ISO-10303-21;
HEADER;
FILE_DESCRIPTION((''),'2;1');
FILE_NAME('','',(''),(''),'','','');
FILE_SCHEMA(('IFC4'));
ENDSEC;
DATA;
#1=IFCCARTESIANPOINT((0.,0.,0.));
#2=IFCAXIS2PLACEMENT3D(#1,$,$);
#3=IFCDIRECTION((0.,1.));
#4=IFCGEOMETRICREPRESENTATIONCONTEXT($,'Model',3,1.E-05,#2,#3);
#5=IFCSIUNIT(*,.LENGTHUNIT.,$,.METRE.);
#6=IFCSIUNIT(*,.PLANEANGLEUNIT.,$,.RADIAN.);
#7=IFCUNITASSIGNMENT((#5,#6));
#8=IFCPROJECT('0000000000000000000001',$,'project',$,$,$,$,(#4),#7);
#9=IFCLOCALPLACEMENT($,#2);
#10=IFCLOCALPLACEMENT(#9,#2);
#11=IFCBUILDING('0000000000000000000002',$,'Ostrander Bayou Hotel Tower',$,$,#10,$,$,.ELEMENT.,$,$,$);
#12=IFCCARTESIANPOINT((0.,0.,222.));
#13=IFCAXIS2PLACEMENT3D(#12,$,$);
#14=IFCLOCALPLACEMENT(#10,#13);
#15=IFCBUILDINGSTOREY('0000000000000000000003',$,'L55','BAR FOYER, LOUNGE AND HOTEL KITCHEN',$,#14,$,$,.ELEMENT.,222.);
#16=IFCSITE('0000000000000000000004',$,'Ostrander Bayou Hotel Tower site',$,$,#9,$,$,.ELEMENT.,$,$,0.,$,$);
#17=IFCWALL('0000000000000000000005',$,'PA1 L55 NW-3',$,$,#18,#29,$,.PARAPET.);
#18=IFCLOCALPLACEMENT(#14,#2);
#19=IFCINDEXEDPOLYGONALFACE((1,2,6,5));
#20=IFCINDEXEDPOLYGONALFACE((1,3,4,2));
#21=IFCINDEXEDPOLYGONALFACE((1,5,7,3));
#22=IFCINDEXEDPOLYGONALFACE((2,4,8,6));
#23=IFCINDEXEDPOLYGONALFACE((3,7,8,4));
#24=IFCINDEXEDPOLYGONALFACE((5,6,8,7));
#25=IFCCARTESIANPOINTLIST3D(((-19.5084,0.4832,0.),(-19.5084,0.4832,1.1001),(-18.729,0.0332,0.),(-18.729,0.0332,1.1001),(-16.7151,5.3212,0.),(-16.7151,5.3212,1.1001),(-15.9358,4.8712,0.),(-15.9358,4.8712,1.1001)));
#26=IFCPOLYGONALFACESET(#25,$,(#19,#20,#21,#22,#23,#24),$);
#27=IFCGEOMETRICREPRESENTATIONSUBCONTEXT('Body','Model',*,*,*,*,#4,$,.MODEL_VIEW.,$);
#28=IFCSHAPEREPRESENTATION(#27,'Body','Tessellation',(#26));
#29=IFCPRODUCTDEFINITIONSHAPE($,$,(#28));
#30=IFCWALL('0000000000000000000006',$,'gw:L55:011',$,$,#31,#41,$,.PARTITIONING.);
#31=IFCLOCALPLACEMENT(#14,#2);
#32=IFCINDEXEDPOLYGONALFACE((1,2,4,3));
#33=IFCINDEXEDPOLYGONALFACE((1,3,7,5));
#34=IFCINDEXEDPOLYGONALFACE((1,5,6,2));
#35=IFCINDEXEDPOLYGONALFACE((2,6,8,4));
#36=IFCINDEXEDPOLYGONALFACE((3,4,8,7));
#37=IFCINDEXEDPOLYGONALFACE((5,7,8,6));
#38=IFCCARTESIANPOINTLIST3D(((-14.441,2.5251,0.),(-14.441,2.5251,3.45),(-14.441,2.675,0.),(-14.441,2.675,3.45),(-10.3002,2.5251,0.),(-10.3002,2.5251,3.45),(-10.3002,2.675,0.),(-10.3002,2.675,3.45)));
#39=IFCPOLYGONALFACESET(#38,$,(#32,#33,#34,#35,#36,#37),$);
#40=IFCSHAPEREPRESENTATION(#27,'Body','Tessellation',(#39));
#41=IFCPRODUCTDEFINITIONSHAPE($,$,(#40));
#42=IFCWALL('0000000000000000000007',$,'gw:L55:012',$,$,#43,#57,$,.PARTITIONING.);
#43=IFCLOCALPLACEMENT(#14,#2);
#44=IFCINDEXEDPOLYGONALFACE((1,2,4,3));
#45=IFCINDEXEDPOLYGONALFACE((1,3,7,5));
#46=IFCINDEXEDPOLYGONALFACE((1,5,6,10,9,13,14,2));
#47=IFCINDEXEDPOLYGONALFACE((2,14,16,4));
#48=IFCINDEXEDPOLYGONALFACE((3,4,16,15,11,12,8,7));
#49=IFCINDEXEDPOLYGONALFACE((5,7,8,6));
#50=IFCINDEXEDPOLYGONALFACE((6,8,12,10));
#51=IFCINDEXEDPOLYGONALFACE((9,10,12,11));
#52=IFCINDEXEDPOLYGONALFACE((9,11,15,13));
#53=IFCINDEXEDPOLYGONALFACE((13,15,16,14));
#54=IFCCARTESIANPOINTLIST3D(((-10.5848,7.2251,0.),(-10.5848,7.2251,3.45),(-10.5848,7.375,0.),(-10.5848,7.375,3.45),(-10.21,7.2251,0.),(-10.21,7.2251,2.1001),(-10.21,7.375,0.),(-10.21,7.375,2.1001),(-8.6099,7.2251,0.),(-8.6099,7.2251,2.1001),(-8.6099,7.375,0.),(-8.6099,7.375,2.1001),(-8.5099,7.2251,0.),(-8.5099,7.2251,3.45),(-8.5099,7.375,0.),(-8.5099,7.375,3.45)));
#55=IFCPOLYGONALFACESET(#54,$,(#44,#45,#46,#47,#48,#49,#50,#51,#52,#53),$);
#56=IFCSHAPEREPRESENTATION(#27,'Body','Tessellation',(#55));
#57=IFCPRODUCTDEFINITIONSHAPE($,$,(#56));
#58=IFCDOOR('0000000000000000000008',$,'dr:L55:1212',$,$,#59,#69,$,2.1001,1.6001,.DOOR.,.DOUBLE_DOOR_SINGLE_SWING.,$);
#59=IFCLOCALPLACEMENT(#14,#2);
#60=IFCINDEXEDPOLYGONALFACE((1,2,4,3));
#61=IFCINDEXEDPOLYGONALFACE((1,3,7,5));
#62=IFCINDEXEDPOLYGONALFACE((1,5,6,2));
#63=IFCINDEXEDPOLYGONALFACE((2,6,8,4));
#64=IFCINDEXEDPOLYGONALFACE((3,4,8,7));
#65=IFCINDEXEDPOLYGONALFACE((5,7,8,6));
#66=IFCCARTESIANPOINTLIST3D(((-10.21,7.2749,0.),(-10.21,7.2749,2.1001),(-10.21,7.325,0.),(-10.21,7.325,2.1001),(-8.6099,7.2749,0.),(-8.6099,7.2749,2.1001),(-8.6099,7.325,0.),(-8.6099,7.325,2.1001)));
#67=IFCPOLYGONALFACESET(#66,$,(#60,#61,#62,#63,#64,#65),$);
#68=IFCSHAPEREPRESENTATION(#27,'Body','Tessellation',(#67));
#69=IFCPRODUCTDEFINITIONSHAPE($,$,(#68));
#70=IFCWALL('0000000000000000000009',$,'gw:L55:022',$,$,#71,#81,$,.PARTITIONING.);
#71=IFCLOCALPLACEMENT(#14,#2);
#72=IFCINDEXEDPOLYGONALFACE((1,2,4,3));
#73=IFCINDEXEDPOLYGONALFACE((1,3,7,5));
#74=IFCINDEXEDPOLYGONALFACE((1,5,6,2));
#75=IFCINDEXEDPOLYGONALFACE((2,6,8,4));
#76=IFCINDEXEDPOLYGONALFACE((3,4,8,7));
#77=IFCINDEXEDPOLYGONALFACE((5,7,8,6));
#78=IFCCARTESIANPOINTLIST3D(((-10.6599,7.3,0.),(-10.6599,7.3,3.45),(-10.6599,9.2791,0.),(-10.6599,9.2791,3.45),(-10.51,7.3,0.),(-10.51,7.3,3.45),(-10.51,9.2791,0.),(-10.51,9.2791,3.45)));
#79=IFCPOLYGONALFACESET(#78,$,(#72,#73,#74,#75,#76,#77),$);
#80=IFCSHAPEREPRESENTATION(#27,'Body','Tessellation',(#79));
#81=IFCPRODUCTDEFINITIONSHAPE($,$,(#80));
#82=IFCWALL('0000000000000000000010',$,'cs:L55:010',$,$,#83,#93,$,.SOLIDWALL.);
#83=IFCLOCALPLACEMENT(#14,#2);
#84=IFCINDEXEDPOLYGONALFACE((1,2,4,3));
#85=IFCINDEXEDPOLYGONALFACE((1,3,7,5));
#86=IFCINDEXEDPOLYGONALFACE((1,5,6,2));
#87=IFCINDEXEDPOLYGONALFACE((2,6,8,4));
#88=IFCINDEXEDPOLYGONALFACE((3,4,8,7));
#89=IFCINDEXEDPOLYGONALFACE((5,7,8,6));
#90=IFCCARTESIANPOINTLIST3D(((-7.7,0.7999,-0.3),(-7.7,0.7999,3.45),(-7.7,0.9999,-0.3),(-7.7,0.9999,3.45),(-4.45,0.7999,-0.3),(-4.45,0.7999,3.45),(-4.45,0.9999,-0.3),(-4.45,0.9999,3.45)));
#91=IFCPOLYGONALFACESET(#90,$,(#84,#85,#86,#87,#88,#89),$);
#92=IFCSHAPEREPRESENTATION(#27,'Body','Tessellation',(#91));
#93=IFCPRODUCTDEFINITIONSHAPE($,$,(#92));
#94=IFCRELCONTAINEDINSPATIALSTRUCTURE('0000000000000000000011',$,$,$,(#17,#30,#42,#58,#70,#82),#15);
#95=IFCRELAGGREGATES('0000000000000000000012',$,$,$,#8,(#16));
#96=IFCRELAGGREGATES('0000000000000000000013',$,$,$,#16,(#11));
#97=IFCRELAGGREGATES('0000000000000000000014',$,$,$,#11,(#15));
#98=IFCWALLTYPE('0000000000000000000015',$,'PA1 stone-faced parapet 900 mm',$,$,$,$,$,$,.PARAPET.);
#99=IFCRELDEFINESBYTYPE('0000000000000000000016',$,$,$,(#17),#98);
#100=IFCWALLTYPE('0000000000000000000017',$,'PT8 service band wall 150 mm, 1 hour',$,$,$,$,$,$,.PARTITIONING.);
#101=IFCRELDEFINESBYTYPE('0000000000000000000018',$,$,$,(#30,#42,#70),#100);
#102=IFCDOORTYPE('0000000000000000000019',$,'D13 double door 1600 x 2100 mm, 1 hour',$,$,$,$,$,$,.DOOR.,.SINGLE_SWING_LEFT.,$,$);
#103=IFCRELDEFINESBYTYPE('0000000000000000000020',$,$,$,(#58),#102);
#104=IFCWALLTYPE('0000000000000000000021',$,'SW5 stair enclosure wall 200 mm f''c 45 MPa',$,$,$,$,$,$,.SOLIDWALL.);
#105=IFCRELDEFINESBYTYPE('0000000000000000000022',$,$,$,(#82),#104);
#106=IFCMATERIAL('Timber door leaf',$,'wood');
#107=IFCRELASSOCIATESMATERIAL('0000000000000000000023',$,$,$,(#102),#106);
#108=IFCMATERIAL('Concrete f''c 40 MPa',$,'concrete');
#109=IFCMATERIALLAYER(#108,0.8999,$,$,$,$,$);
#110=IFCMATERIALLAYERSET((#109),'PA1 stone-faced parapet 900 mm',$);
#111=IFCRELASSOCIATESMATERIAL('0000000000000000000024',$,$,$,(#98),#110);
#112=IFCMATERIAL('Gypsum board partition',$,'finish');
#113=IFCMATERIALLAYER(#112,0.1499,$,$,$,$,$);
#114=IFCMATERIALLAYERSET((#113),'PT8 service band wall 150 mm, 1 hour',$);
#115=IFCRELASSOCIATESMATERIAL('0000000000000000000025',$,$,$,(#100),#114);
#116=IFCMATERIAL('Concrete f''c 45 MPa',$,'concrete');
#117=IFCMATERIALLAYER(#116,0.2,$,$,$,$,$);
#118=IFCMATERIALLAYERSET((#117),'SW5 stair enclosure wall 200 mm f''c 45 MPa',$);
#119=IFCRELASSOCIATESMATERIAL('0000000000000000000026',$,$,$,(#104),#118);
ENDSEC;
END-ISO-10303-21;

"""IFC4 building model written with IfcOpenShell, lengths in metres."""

from ifc_helpers import new_model, si_unit, direction, frame, frame_2d, origin, place, context, subcontext, project, spatial, rectangle, extrude, material, layer, layer_set, type_object, element, fill, save


model = new_model("IFC4")

# Units and contexts
model_context = context("Model", 3, precision=1e-05, world=origin(), true_north=direction((0.0, 1.0)))
body_context = subcontext(model_context, "Body", "Model", "MODEL_VIEW")
ifc_project = project(units=[si_unit("LENGTHUNIT", "METRE"), si_unit("PLANEANGLEUNIT", "RADIAN")], contexts=[model_context])

# Site, building, storey
site_placement = place(None, origin())
site = spatial("IfcSite", under=ifc_project, at=site_placement, Name="Ostrander Bayou Hotel Tower site", CompositionType="ELEMENT", RefElevation=0.0)
building_placement = place(site_placement, origin())
building = spatial("IfcBuilding", under=site, at=building_placement, Name="Ostrander Bayou Hotel Tower", CompositionType="ELEMENT")
storey_placement = place(building_placement, frame((0.0, 0.0, 222.0)))
storey = spatial("IfcBuildingStorey", under=building, at=storey_placement, Name="L55", Description="BAR FOYER, LOUNGE AND HOTEL KITCHEN", CompositionType="ELEMENT", Elevation=222.0)

# Shared definitions
ifc_material_1 = material(Name="Timber door leaf", Category="wood")
door_type_1 = type_object("IfcDoorType", Name="D13 double door 1600 x 2100 mm, 1 hour", OperationType="SINGLE_SWING_LEFT", PredefinedType="DOOR", material=ifc_material_1)

# Wall
ifc_material_2 = material(Name="Concrete f'c 40 MPa", Category="concrete")
ifc_layer_1 = layer(ifc_material_2, 0.8999)
ifc_layer_set_1 = layer_set([ifc_layer_1], Name="PA1 stone-faced parapet 900 mm")
wall_type_1 = type_object("IfcWallType", Name="PA1 stone-faced parapet 900 mm", PredefinedType="PARAPET", material=ifc_layer_set_1)
wall_1_placement = place(storey_placement, frame((-16.3254, 5.0962, 0.0), z_axis=(0.0, 0.0, 1.0), x_axis=(-0.500007, -0.866021, 0.0)))
element("IfcWall", 1, at=wall_1_placement, inside=storey, type_object=wall_type_1, Name="PA1 L55 NW-3", PredefinedType="PARAPET", context=body_context, shape_type="SweptSolid", body=[
    extrude(rectangle(XDim=5.5864, YDim=0.8999, at=frame_2d((2.7932, 0.0))), origin(), (0.0, 0.0, 1.0), 1.1001),
])

# Wall
ifc_material_3 = material(Name="Gypsum board partition", Category="finish")
ifc_layer_2 = layer(ifc_material_3, 0.1499)
ifc_layer_set_2 = layer_set([ifc_layer_2], Name="PT8 service band wall 150 mm, 1 hour")
wall_type_2 = type_object("IfcWallType", Name="PT8 service band wall 150 mm, 1 hour", PredefinedType="PARTITIONING", material=ifc_layer_set_2)
wall_2_placement = place(storey_placement, frame((-14.4409, 2.6001, 0.0), z_axis=(0.0, 0.0, 1.0), x_axis=(1.0, 0.0, 0.0)))
element("IfcWall", 2, at=wall_2_placement, inside=storey, type_object=wall_type_2, Name="gw:L55:011", PredefinedType="PARTITIONING", context=body_context, shape_type="SweptSolid", body=[
    extrude(rectangle(XDim=4.1409, YDim=0.1499, at=frame_2d((2.0703, 0.0))), origin(), (0.0, 0.0, 1.0), 3.45),
])

# Wall, opening, door
wall_3_placement = place(storey_placement, frame((-10.585, 7.3, 0.0), z_axis=(0.0, 0.0, 1.0), x_axis=(1.0, 0.0, 0.0)))
wall_3 = element("IfcWall", 3, at=wall_3_placement, inside=storey, type_object=wall_type_2, Name="gw:L55:012", PredefinedType="PARTITIONING", context=body_context, shape_type="SweptSolid", body=[
    extrude(rectangle(XDim=2.075, YDim=0.1499, at=frame_2d((1.0376, 0.0))), origin(), (0.0, 0.0, 1.0), 3.45),
])
opening_1_placement = place(wall_3_placement, frame((0.375, 0.0, 0.0)))
opening_1 = element("IfcOpeningElement", 4, at=opening_1_placement, cuts=wall_3, PredefinedType="OPENING", context=body_context, shape_type="SweptSolid", body=[
    extrude(rectangle(XDim=1.6001, YDim=2.1001, at=frame_2d((0.8, 1.05))), frame((0.0, 0.075, 0.0), z_axis=(0.0, -1.0, 0.0), x_axis=(1.0, 0.0, 0.0)), (0.0, 0.0, 1.0), 0.1499),
])
door_1_placement = place(opening_1_placement, origin())
door_1 = element("IfcDoor", 5, at=door_1_placement, inside=storey, type_object=door_type_1, Name="dr:L55:1212", OperationType="DOUBLE_DOOR_SINGLE_SWING", OverallHeight=2.1001, OverallWidth=1.6001, PredefinedType="DOOR", context=body_context, shape_type="SweptSolid", body=[
    extrude(rectangle(XDim=1.6001, YDim=2.1001, at=frame_2d((0.8, 1.05))), frame((0.0, 0.0249, 0.0), z_axis=(0.0, -1.0, 0.0), x_axis=(1.0, 0.0, 0.0)), (0.0, 0.0, 1.0), 0.05),
])
fill(opening_1, door_1)

# Walls
wall_4_placement = place(storey_placement, frame((-10.585, 7.3, 0.0), z_axis=(0.0, 0.0, 1.0), x_axis=(0.0, 1.0, 0.0)))
element("IfcWall", 6, at=wall_4_placement, inside=storey, type_object=wall_type_2, Name="gw:L55:022", PredefinedType="PARTITIONING", context=body_context, shape_type="SweptSolid", body=[
    extrude(rectangle(XDim=1.979, YDim=0.1499, at=frame_2d((0.9895, 0.0))), origin(), (0.0, 0.0, 1.0), 3.45),
])
ifc_material_4 = material(Name="Concrete f'c 45 MPa", Category="concrete")
ifc_layer_3 = layer(ifc_material_4, 0.2)
ifc_layer_set_3 = layer_set([ifc_layer_3], Name="SW5 stair enclosure wall 200 mm f'c 45 MPa")
wall_type_3 = type_object("IfcWallType", Name="SW5 stair enclosure wall 200 mm f'c 45 MPa", PredefinedType="SOLIDWALL", material=ifc_layer_set_3)
wall_5_placement = place(storey_placement, frame((-7.7, 0.8999, -0.3), z_axis=(0.0, 0.0, 1.0), x_axis=(1.0, 0.0, 0.0)))
element("IfcWall", 7, at=wall_5_placement, inside=storey, type_object=wall_type_3, Name="cs:L55:010", PredefinedType="SOLIDWALL", context=body_context, shape_type="SweptSolid", body=[
    extrude(rectangle(XDim=3.25, YDim=0.2, at=frame_2d((1.625, 0.0))), origin(), (0.0, 0.0, 1.0), 3.75),
])

save(model, "model.ifc")
